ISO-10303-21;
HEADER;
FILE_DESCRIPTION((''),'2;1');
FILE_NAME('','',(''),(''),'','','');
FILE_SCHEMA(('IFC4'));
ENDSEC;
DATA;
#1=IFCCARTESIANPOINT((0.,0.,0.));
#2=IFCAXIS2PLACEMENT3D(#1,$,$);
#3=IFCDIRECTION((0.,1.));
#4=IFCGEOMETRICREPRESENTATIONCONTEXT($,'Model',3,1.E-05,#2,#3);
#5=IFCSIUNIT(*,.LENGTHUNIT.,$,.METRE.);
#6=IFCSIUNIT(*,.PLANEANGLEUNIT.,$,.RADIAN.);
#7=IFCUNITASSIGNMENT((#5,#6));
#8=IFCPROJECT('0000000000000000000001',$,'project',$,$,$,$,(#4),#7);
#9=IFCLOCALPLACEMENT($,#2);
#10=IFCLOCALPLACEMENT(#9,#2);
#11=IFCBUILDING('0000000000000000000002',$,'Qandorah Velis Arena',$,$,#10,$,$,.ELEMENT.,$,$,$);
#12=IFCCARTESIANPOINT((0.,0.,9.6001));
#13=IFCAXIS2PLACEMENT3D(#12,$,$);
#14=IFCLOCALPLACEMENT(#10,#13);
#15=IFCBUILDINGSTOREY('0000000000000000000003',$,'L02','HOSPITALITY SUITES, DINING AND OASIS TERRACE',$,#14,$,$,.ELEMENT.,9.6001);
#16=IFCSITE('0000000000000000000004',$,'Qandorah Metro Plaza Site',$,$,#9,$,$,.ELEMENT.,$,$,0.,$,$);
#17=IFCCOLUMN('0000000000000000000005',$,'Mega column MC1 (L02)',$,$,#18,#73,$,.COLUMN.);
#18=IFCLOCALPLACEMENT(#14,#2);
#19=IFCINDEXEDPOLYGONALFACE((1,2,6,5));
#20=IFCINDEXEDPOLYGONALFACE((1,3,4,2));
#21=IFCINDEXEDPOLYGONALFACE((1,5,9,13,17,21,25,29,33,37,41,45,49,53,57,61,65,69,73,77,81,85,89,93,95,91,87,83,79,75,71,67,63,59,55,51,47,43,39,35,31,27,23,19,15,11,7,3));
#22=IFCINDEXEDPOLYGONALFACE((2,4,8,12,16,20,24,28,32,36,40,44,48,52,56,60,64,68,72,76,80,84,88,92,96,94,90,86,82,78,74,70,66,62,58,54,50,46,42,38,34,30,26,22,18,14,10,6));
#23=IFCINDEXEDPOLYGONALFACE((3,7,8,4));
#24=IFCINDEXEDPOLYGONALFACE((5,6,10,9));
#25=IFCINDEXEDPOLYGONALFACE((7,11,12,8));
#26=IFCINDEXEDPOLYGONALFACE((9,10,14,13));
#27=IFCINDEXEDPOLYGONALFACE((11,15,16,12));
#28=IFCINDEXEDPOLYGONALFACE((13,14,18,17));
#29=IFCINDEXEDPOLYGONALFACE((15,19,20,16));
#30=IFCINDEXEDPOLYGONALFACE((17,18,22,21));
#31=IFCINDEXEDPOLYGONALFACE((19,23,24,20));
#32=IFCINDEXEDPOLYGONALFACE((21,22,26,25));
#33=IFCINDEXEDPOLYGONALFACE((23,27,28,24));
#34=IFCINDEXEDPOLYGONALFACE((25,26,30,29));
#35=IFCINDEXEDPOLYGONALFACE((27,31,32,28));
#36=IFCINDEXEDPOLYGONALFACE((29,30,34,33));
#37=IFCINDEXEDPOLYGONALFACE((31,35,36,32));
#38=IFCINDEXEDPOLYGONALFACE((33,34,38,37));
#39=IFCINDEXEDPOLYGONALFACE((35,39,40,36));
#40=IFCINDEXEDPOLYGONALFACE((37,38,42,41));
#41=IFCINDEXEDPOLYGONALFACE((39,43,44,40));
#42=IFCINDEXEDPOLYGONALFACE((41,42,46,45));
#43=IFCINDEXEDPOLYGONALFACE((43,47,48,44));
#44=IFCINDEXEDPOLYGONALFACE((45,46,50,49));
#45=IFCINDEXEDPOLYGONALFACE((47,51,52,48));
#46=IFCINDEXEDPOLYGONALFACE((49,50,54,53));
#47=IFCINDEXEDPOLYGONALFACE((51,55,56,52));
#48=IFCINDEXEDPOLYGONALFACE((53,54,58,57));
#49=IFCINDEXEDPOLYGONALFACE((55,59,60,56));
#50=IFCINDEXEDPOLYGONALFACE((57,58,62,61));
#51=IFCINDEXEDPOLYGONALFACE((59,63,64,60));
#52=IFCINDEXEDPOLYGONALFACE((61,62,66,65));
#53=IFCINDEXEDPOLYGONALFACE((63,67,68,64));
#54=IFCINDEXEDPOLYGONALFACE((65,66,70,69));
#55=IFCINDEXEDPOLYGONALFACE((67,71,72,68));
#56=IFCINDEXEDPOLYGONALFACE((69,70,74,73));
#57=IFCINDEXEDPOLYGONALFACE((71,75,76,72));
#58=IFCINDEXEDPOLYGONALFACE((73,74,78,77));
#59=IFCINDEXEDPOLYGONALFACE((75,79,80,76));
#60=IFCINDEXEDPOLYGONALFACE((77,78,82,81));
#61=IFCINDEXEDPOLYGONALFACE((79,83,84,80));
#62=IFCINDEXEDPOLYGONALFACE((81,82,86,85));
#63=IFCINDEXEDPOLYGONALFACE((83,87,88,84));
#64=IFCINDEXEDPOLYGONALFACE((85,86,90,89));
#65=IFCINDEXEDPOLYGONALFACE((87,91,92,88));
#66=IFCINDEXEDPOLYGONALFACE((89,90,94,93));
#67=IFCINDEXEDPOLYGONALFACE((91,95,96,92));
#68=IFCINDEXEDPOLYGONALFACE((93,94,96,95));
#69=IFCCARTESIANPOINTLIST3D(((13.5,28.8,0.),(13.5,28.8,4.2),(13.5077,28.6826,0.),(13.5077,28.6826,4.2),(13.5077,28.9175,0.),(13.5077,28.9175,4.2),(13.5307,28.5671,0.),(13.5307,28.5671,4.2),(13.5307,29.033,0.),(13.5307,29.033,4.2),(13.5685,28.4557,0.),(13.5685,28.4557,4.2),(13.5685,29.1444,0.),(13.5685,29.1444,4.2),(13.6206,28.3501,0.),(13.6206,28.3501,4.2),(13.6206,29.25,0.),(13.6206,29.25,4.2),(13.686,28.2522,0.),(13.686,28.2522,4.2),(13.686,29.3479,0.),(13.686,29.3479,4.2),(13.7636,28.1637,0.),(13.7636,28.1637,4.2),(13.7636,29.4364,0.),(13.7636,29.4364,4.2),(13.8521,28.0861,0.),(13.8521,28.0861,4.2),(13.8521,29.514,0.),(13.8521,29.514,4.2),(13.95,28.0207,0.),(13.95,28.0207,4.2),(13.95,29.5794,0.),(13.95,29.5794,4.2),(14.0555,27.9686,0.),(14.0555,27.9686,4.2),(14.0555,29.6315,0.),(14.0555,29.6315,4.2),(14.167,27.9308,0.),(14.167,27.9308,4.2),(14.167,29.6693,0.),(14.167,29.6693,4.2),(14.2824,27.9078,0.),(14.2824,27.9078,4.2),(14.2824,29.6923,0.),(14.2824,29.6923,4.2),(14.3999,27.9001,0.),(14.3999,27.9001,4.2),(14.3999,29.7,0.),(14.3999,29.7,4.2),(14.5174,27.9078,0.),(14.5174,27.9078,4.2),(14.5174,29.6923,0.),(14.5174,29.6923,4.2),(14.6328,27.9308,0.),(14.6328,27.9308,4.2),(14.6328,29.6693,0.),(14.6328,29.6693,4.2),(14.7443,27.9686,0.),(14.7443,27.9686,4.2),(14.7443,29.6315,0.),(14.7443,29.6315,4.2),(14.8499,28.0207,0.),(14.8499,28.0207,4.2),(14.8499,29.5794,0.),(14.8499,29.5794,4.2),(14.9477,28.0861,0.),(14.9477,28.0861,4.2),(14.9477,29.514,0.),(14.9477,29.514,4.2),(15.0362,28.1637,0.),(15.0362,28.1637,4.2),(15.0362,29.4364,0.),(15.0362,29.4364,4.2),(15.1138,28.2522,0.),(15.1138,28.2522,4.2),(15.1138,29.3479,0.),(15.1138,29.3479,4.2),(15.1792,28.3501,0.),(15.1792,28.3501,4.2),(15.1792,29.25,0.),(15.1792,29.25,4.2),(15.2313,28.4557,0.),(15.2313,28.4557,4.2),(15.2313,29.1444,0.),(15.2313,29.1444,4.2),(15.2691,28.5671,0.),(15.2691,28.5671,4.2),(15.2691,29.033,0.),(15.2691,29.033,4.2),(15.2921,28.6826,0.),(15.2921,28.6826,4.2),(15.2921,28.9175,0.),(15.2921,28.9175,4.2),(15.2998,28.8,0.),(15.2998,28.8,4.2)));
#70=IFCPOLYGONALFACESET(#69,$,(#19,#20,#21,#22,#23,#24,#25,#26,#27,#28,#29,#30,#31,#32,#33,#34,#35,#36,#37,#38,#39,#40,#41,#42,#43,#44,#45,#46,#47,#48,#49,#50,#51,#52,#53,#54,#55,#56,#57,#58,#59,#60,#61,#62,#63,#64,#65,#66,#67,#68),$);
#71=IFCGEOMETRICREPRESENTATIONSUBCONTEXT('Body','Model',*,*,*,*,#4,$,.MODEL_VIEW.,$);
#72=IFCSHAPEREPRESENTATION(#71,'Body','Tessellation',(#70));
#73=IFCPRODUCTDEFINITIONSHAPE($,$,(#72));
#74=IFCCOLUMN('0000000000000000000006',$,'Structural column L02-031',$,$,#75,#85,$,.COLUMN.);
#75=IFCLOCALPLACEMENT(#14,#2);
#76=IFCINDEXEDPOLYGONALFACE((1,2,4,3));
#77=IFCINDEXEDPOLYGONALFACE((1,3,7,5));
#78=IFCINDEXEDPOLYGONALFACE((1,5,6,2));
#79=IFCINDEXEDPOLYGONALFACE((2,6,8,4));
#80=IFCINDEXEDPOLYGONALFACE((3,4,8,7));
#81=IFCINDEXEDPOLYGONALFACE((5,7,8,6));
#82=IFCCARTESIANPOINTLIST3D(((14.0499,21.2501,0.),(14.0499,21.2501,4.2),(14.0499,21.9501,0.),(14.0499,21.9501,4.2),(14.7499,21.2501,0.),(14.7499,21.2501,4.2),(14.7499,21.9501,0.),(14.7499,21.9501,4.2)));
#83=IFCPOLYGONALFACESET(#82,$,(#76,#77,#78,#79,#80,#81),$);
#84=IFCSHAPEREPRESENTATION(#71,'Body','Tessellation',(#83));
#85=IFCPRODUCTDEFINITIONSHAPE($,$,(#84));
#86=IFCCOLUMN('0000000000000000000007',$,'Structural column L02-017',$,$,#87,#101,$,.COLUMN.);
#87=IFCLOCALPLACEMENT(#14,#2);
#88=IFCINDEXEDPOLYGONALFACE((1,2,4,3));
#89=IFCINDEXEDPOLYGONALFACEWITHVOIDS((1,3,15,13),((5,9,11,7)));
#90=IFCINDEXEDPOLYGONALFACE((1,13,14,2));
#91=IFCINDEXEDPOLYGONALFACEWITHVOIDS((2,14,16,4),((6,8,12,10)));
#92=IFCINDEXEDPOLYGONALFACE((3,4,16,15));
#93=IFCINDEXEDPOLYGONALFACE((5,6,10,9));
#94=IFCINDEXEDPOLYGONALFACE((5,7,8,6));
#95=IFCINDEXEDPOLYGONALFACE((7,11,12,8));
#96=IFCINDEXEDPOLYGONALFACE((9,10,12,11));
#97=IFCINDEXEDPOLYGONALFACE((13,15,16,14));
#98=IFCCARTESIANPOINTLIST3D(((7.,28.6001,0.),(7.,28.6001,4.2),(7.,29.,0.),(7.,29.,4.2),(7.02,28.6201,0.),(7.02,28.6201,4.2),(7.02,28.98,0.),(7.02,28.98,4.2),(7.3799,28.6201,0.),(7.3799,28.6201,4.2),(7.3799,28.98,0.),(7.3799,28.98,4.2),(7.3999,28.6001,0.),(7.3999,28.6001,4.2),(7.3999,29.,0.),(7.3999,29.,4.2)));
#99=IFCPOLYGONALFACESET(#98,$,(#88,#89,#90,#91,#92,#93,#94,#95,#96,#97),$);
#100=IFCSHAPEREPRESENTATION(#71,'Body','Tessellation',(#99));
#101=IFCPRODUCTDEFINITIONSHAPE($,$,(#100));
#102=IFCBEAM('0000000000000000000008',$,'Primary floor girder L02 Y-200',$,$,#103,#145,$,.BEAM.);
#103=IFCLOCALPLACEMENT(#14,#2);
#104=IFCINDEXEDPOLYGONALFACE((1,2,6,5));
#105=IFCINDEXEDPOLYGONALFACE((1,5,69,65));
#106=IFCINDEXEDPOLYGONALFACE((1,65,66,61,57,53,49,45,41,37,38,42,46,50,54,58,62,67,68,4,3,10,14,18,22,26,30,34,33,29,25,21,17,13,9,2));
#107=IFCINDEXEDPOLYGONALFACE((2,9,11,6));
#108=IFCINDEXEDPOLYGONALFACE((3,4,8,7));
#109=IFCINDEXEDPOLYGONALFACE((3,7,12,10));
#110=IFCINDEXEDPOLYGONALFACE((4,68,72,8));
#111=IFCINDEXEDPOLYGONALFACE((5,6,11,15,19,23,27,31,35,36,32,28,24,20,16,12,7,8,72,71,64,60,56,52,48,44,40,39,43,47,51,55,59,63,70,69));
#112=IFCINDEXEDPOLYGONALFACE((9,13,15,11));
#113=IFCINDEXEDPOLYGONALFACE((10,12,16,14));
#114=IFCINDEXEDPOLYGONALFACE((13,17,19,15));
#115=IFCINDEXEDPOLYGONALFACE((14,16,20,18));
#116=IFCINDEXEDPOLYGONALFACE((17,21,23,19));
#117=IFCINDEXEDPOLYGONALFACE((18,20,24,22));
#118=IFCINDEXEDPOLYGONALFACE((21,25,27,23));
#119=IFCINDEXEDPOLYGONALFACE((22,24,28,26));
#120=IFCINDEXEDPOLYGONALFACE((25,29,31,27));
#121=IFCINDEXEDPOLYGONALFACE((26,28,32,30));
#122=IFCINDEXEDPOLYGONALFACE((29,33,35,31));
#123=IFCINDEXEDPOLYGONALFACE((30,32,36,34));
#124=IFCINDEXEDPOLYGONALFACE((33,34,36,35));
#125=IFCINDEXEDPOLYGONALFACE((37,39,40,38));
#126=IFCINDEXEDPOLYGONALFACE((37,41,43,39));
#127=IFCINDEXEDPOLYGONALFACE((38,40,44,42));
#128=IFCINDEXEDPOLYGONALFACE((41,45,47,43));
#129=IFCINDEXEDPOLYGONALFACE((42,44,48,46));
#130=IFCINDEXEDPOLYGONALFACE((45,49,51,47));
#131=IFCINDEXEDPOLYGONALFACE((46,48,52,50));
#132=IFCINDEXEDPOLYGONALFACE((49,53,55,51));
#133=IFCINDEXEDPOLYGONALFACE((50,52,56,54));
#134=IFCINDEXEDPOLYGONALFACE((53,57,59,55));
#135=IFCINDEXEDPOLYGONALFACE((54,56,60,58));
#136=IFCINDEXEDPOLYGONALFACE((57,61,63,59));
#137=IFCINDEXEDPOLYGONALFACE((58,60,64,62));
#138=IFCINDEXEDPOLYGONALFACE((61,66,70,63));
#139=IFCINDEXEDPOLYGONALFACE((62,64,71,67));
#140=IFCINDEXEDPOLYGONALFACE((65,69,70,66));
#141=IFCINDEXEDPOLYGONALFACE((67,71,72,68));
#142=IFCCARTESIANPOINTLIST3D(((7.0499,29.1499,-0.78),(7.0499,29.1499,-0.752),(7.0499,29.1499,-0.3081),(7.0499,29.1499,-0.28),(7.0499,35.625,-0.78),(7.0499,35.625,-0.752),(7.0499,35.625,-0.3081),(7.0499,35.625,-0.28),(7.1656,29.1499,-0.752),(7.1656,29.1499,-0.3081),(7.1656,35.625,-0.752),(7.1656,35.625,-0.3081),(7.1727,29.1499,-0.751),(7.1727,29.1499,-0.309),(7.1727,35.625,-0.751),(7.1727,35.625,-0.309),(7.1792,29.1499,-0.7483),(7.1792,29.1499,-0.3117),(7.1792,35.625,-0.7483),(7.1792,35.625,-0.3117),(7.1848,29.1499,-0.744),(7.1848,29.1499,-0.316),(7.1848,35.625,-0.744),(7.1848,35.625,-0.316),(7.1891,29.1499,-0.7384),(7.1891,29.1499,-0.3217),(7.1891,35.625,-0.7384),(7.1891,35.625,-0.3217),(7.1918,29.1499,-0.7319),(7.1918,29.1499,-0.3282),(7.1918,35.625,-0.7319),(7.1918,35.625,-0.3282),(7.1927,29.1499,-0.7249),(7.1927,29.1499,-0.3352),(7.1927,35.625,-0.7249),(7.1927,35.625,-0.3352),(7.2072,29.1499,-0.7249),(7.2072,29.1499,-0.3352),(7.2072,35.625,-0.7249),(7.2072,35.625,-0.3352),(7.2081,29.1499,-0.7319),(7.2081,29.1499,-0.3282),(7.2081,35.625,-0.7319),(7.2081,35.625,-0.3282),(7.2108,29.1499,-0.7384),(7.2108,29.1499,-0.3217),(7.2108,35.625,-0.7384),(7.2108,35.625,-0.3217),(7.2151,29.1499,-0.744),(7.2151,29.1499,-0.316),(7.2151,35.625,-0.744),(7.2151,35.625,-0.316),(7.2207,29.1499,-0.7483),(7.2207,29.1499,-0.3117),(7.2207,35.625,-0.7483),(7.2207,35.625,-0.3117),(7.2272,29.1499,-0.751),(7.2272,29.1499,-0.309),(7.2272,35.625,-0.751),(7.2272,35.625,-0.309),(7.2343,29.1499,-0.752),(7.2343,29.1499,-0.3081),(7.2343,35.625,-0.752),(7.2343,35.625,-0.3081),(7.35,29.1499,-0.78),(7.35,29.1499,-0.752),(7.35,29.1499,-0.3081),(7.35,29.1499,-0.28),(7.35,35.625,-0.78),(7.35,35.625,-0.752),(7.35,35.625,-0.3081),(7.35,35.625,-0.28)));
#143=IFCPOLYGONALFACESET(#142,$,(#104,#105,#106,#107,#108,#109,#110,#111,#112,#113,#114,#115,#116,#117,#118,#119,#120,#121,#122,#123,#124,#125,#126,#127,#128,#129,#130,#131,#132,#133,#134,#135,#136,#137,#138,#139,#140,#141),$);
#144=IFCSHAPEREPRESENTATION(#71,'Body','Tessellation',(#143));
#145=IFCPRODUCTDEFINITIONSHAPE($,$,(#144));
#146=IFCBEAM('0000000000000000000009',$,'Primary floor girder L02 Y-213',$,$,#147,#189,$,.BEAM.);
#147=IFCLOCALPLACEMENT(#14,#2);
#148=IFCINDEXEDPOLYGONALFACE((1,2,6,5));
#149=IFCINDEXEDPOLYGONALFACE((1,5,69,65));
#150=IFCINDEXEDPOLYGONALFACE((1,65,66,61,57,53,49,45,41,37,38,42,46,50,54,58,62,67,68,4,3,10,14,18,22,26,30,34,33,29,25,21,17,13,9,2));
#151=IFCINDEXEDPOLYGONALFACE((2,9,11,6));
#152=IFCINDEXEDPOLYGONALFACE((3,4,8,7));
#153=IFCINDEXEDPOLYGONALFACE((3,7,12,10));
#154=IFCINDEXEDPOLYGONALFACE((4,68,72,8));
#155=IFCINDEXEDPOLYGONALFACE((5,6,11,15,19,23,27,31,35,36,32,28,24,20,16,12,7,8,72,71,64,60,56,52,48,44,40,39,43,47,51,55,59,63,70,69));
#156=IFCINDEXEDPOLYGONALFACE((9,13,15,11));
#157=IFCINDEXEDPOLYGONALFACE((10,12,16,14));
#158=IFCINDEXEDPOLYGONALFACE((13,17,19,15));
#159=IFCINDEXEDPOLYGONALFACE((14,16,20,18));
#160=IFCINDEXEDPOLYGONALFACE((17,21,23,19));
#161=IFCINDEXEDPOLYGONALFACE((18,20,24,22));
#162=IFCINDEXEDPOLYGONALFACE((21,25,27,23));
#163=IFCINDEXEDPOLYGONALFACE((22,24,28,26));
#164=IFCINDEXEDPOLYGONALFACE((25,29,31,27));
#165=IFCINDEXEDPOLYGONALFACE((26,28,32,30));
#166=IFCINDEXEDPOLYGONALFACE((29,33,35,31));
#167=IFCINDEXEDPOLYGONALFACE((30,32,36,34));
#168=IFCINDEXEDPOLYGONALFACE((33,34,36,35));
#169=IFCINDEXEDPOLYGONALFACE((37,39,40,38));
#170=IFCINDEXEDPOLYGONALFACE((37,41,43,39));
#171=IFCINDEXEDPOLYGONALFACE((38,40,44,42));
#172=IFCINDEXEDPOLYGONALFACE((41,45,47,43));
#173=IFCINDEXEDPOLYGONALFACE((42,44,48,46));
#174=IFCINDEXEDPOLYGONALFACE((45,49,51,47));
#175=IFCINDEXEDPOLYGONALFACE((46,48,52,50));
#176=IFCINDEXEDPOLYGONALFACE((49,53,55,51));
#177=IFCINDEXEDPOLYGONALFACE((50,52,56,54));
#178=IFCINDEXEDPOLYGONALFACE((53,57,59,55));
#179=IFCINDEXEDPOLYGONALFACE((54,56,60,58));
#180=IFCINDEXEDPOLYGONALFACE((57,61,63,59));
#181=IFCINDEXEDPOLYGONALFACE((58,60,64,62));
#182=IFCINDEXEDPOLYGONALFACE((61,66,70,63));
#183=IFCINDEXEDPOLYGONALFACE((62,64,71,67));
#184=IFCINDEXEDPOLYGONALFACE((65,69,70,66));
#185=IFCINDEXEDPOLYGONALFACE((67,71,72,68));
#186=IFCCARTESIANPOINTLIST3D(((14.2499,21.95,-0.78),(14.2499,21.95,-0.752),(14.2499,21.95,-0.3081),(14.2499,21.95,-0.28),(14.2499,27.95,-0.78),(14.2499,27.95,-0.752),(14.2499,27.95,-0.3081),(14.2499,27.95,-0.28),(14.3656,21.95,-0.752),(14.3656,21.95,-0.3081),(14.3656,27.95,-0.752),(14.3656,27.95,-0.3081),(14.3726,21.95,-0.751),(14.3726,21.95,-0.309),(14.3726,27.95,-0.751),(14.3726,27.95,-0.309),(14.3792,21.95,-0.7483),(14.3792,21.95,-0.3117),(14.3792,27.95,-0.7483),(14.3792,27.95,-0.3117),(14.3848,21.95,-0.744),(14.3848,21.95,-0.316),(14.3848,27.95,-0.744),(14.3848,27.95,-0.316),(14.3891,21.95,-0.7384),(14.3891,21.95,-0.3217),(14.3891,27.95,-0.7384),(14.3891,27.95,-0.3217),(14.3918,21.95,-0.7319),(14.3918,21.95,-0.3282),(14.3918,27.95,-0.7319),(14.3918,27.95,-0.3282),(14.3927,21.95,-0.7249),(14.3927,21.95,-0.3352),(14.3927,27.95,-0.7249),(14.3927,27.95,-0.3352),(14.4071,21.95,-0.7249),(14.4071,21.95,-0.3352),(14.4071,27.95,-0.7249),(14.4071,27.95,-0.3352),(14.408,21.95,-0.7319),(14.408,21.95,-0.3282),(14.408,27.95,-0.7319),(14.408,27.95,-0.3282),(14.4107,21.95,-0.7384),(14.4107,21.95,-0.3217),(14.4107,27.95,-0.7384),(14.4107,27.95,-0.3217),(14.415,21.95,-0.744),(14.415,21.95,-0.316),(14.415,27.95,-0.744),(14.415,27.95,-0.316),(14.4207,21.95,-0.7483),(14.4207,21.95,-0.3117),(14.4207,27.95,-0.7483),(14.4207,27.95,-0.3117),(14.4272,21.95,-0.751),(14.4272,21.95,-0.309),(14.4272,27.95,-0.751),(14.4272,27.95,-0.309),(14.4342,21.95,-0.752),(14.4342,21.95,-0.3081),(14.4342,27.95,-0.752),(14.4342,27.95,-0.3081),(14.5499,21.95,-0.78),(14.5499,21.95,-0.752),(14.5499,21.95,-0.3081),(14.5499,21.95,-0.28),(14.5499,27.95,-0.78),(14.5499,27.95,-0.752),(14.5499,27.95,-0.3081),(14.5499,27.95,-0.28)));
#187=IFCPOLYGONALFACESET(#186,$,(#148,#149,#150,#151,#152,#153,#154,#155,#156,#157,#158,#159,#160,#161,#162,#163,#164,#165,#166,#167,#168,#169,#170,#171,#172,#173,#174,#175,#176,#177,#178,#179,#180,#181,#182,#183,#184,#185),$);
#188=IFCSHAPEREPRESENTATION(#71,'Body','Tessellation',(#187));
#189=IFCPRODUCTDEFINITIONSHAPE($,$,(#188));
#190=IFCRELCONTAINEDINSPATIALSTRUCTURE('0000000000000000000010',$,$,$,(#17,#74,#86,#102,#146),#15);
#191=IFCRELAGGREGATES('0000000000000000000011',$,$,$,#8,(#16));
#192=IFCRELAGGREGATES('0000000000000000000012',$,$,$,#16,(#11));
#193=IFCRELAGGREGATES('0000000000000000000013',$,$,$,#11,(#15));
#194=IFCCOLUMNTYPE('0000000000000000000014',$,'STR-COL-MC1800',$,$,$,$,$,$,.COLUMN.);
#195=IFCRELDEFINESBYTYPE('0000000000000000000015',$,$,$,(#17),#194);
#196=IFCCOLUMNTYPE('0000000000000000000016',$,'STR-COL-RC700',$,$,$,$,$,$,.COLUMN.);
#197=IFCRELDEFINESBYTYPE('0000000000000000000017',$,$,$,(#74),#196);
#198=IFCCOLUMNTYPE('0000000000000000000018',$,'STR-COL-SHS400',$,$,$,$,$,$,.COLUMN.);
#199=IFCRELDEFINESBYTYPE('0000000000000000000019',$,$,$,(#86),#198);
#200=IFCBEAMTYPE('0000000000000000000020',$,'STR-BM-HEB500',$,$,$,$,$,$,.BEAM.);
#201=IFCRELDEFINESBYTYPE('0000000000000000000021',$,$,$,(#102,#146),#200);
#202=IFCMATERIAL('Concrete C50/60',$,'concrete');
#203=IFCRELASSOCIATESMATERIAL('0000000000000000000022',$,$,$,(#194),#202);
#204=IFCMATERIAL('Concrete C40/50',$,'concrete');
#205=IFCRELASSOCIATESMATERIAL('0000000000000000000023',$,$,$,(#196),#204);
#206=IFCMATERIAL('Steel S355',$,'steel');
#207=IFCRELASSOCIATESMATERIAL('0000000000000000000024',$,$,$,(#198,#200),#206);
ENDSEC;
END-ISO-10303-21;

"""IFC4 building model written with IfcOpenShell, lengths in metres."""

from ifc_helpers import new_model, si_unit, direction, frame, origin, origin_2d, place, context, subcontext, project, spatial, rectangle, hollow_rectangle, circle, i_section, extrude, material, material_profile, profile_set, type_object, element, save


model = new_model("IFC4")

# Units and contexts
model_context = context("Model", 3, precision=1e-05, world=origin(), true_north=direction((0.0, 1.0)))
body_context = subcontext(model_context, "Body", "Model", "MODEL_VIEW")
ifc_project = project(units=[si_unit("LENGTHUNIT", "METRE"), si_unit("PLANEANGLEUNIT", "RADIAN")], contexts=[model_context])

# Site, building, storey
site_placement = place(None, origin())
site = spatial("IfcSite", under=ifc_project, at=site_placement, Name="Qandorah Metro Plaza Site", CompositionType="ELEMENT", RefElevation=0.0)
building_placement = place(site_placement, origin())
building = spatial("IfcBuilding", under=site, at=building_placement, Name="Qandorah Velis Arena", CompositionType="ELEMENT")
storey_placement = place(building_placement, frame((0.0, 0.0, 9.6001)))
storey = spatial("IfcBuildingStorey", under=building, at=storey_placement, Name="L02", Description="HOSPITALITY SUITES, DINING AND OASIS TERRACE", CompositionType="ELEMENT", Elevation=9.6001)

# Columns
ifc_material_1 = material(Name="Concrete C50/60", Category="concrete")
ifc_material_profile_1 = material_profile(ifc_material_1, circle(Radius=0.8999, at=origin_2d()), Name="MC D1800")
ifc_profile_set_1 = profile_set([ifc_material_profile_1], Name="Concrete C50/60")
column_type_1 = type_object("IfcColumnType", Name="STR-COL-MC1800", PredefinedType="COLUMN", material=ifc_profile_set_1)
column_1_placement = place(storey_placement, frame((14.3999, 28.8, 0.0), z_axis=(0.0, 0.0, 1.0), x_axis=(1.0, 0.0, 0.0)))
element("IfcColumn", 1, at=column_1_placement, inside=storey, type_object=column_type_1, Name="Mega column MC1 (L02)", PredefinedType="COLUMN", context=body_context, shape_type="SweptSolid", body=[
    extrude(circle(Radius=0.8999, at=origin_2d()), origin(), (0.0, 0.0, 1.0), 4.2),
])
ifc_material_2 = material(Name="Concrete C40/50", Category="concrete")
ifc_material_profile_2 = material_profile(ifc_material_2, rectangle(XDim=0.7, YDim=0.7, at=origin_2d()), Name="RC COL 700x700")
ifc_profile_set_2 = profile_set([ifc_material_profile_2], Name="Concrete C40/50")
column_type_2 = type_object("IfcColumnType", Name="STR-COL-RC700", PredefinedType="COLUMN", material=ifc_profile_set_2)
column_2_placement = place(storey_placement, frame((14.3999, 21.6001, 0.0), z_axis=(0.0, 0.0, 1.0), x_axis=(1.0, 0.0, 0.0)))
element("IfcColumn", 2, at=column_2_placement, inside=storey, type_object=column_type_2, Name="Structural column L02-031", PredefinedType="COLUMN", context=body_context, shape_type="SweptSolid", body=[
    extrude(rectangle(XDim=0.7, YDim=0.7, at=origin_2d()), origin(), (0.0, 0.0, 1.0), 4.2),
])
ifc_material_3 = material(Name="Steel S355", Category="steel")
ifc_material_profile_3 = material_profile(ifc_material_3, hollow_rectangle(XDim=0.3999, YDim=0.3999, WallThickness=0.02, at=origin_2d()), Name="SHS 400x400x20")
ifc_profile_set_3 = profile_set([ifc_material_profile_3], Name="Steel S355")
column_type_3 = type_object("IfcColumnType", Name="STR-COL-SHS400", PredefinedType="COLUMN", material=ifc_profile_set_3)
column_3_placement = place(storey_placement, frame((7.2, 28.8, 0.0), z_axis=(0.0, 0.0, 1.0), x_axis=(1.0, 0.0, 0.0)))
element("IfcColumn", 3, at=column_3_placement, inside=storey, type_object=column_type_3, Name="Structural column L02-017", PredefinedType="COLUMN", context=body_context, shape_type="SweptSolid", body=[
    extrude(hollow_rectangle(XDim=0.3999, YDim=0.3999, WallThickness=0.02, at=origin_2d()), origin(), (0.0, 0.0, 1.0), 4.2),
])

# Beams
ifc_material_profile_4 = material_profile(ifc_material_3, i_section(OverallWidth=0.3, OverallDepth=0.5, WebThickness=0.0144, FlangeThickness=0.0281, FilletRadius=0.0271, at=origin_2d()), Name="HEB 500")
ifc_profile_set_4 = profile_set([ifc_material_profile_4], Name="Steel S355")
beam_type_1 = type_object("IfcBeamType", Name="STR-BM-HEB500", PredefinedType="BEAM", material=ifc_profile_set_4)
beam_1_placement = place(storey_placement, frame((7.2, 29.1499, -0.53), z_axis=(0.0, 1.0, 0.0), x_axis=(-1.0, 0.0, 0.0)))
element("IfcBeam", 4, at=beam_1_placement, inside=storey, type_object=beam_type_1, Name="Primary floor girder L02 Y-200", PredefinedType="BEAM", context=body_context, shape_type="SweptSolid", body=[
    extrude(i_section(OverallWidth=0.3, OverallDepth=0.5, WebThickness=0.0144, FlangeThickness=0.0281, FilletRadius=0.0271, at=origin_2d()), origin(), (0.0, 0.0, 1.0), 6.4751),
])
beam_2_placement = place(storey_placement, frame((14.3999, 21.95, -0.53), z_axis=(0.0, 1.0, 0.0), x_axis=(-1.0, 0.0, 0.0)))
element("IfcBeam", 5, at=beam_2_placement, inside=storey, type_object=beam_type_1, Name="Primary floor girder L02 Y-213", PredefinedType="BEAM", context=body_context, shape_type="SweptSolid", body=[
    extrude(i_section(OverallWidth=0.3, OverallDepth=0.5, WebThickness=0.0144, FlangeThickness=0.0281, FilletRadius=0.0271, at=origin_2d()), origin(), (0.0, 0.0, 1.0), 6.0),
])

save(model, "model.ifc")
